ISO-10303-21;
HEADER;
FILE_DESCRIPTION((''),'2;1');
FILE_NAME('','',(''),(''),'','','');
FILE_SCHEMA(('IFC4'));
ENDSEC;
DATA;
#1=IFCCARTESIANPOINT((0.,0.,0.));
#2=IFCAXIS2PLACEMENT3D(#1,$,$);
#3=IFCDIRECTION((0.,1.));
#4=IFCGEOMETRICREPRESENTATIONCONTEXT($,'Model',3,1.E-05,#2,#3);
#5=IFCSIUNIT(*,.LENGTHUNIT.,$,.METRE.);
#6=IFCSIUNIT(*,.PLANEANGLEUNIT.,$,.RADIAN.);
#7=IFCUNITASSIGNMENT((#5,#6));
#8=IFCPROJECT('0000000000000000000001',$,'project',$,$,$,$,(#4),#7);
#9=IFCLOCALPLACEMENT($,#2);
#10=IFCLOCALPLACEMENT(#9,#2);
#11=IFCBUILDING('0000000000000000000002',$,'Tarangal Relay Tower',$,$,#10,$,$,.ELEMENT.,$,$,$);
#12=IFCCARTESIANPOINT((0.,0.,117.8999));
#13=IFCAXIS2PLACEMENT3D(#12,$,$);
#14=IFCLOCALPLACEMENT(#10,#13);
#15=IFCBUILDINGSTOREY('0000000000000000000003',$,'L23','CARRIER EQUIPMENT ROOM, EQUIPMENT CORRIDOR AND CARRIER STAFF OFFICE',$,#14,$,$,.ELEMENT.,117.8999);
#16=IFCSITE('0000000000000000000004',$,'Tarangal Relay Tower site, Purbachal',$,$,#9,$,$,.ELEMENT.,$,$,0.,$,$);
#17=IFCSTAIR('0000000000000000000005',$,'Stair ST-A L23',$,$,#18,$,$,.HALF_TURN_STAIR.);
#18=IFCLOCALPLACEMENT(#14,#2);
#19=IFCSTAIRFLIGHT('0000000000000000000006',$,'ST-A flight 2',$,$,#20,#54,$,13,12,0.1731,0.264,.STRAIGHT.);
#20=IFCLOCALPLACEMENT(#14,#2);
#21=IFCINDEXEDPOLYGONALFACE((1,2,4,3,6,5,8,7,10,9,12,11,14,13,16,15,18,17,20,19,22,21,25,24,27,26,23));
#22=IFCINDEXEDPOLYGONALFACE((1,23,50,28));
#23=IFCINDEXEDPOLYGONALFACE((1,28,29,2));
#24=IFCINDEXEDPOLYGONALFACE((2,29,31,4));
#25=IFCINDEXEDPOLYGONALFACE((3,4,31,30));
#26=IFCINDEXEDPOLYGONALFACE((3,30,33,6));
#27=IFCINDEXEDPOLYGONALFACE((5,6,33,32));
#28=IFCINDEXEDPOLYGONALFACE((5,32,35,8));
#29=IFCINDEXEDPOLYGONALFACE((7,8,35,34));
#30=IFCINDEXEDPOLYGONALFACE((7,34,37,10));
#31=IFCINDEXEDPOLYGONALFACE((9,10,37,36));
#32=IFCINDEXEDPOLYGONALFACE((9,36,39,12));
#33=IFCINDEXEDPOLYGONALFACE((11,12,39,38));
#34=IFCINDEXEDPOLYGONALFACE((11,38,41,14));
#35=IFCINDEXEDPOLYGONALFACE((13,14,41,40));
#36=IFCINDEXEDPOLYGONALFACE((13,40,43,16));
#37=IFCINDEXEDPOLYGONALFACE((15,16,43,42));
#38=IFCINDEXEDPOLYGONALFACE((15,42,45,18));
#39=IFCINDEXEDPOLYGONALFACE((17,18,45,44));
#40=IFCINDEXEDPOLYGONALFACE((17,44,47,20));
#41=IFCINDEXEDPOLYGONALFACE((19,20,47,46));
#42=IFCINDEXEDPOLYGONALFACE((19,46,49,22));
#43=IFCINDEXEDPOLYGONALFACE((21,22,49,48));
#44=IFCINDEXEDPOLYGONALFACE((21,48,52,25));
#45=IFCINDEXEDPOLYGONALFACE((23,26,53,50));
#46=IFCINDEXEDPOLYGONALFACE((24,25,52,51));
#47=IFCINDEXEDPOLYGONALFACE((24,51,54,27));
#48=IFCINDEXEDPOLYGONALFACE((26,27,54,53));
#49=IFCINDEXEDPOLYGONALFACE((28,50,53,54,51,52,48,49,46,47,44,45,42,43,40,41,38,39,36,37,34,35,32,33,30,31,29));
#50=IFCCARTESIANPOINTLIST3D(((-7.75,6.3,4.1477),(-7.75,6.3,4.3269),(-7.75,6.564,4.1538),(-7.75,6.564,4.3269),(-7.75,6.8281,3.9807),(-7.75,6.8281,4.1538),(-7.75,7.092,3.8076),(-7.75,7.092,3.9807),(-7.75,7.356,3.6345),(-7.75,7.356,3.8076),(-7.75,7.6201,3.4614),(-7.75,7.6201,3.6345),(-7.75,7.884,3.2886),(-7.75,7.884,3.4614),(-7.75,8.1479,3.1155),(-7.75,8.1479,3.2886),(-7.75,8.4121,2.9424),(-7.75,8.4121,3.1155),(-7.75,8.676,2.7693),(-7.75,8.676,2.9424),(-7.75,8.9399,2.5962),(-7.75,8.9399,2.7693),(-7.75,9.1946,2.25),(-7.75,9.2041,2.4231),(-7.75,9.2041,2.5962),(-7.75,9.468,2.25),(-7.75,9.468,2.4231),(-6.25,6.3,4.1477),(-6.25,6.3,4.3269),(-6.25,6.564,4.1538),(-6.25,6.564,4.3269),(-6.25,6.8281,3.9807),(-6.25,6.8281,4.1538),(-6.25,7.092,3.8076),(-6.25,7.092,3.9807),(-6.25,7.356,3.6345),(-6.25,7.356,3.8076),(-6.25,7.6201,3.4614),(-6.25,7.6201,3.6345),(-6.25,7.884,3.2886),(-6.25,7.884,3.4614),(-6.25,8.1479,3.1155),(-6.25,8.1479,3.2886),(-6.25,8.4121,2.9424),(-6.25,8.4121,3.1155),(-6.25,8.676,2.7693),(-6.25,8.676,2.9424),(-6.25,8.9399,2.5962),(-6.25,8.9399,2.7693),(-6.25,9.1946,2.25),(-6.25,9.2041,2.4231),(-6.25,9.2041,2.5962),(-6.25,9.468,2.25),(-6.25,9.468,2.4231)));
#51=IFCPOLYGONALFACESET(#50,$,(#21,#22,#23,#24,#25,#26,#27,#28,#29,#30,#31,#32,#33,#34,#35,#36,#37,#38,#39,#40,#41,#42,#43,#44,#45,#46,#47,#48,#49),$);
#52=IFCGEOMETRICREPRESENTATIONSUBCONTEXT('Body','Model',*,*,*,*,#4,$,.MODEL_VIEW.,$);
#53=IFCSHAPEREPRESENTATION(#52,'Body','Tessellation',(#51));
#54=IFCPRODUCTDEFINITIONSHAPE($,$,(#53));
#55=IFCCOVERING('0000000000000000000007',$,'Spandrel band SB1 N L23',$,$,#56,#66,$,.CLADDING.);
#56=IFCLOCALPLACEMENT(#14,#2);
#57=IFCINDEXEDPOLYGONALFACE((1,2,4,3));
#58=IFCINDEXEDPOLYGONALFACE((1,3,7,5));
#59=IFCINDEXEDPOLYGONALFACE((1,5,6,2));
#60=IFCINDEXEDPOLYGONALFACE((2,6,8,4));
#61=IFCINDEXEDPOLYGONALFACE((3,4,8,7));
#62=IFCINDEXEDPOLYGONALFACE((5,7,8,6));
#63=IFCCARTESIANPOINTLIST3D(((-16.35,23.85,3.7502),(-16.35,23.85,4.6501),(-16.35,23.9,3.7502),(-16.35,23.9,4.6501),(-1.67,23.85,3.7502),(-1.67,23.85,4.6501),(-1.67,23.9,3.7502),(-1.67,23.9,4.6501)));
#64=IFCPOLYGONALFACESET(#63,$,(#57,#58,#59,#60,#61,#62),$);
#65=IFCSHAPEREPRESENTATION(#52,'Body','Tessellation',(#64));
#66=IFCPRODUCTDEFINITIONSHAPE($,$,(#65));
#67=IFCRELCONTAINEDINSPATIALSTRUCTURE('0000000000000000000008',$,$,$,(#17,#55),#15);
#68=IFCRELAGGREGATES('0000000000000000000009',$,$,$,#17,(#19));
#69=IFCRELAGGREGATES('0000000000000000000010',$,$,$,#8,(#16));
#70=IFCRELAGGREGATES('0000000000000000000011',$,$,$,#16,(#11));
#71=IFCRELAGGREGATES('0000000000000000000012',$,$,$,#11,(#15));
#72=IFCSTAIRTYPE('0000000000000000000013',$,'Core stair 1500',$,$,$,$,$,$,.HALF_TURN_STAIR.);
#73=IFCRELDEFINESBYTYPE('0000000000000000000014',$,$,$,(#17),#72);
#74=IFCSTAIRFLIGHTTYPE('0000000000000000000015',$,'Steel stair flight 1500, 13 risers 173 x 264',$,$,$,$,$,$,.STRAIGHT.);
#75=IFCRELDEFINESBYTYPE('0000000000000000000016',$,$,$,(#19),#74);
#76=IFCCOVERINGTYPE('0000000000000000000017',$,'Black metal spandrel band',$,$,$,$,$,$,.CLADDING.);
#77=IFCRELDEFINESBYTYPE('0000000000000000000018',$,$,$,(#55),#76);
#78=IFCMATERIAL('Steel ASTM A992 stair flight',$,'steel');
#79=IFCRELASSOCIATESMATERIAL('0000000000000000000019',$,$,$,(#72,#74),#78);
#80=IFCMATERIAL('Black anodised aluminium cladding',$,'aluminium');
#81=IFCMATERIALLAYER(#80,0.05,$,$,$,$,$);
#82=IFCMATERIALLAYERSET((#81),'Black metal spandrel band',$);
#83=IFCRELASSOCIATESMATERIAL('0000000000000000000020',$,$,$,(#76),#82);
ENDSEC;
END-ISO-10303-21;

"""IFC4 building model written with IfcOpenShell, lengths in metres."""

from ifc_helpers import new_model, si_unit, direction, frame, origin, origin_2d, place, context, subcontext, project, spatial, polyline, rectangle, outline, extrude, material, layer, layer_set, type_object, element, aggregate, save


model = new_model("IFC4")

# Units and contexts
model_context = context("Model", 3, precision=1e-05, world=origin(), true_north=direction((0.0, 1.0)))
body_context = subcontext(model_context, "Body", "Model", "MODEL_VIEW")
ifc_project = project(units=[si_unit("LENGTHUNIT", "METRE"), si_unit("PLANEANGLEUNIT", "RADIAN")], contexts=[model_context])

# Site, building, storey
site_placement = place(None, origin())
site = spatial("IfcSite", under=ifc_project, at=site_placement, Name="Tarangal Relay Tower site, Purbachal", CompositionType="ELEMENT", RefElevation=0.0)
building_placement = place(site_placement, origin())
building = spatial("IfcBuilding", under=site, at=building_placement, Name="Tarangal Relay Tower", CompositionType="ELEMENT")
storey_placement = place(building_placement, frame((0.0, 0.0, 117.8999)))
storey = spatial("IfcBuildingStorey", under=building, at=storey_placement, Name="L23", Description="CARRIER EQUIPMENT ROOM, EQUIPMENT CORRIDOR AND CARRIER STAFF OFFICE", CompositionType="ELEMENT", Elevation=117.8999)

# Stair, stair flight
ifc_material_1 = material(Name="Steel ASTM A992 stair flight", Category="steel")
stair_type = type_object("IfcStairType", Name="Core stair 1500", PredefinedType="HALF_TURN_STAIR", material=ifc_material_1)
stair_placement = place(storey_placement, origin())
stair = element("IfcStair", 1, at=stair_placement, inside=storey, type_object=stair_type, Name="Stair ST-A L23", PredefinedType="HALF_TURN_STAIR")
stair_flight_type = type_object("IfcStairFlightType", Name="Steel stair flight 1500, 13 risers 173 x 264", PredefinedType="STRAIGHT", material=ifc_material_1)
stair_flight_placement = place(storey_placement, frame((-7.0, 9.468, 2.25), z_axis=(0.0, 0.0, 1.0), x_axis=(0.0, -1.0, 0.0)))
stair_flight = element("IfcStairFlight", 2, at=stair_flight_placement, type_object=stair_flight_type, Name="ST-A flight 2", NumberOfRisers=13, NumberOfTreads=12, PredefinedType="STRAIGHT", RiserHeight=0.1731, TreadLength=0.264, context=body_context, shape_type="SweptSolid", body=[
    extrude(outline(polyline([(0.0, 0.0), (0.0, 0.1731), (0.2639, 0.1731), (0.2639, 0.3462), (0.5281, 0.3462), (0.5281, 0.5193), (0.792, 0.5193), (0.792, 0.6924), (1.0559, 0.6924), (1.0559, 0.8655), (1.3201, 0.8655), (1.3201, 1.0386), (1.584, 1.0386), (1.584, 1.2114), (1.8479, 1.2114), (1.8479, 1.3845), (2.1121, 1.3845), (2.1121, 1.5576), (2.376, 1.5576), (2.376, 1.7307), (2.6399, 1.7307), (2.6399, 1.9038), (2.9041, 1.9038), (2.9041, 2.0769), (3.168, 2.0769), (3.168, 2.25), (3.168, 1.8977), (0.2734, 0.0), (0.0, 0.0)])), frame((0.0, 0.75, 0.0), z_axis=(0.0, -1.0, 0.0), x_axis=(1.0, 0.0, 0.0)), (0.0, 0.0, 1.0), 1.5),
])
aggregate(stair, [stair_flight])

# Covering
ifc_material_2 = material(Name="Black anodised aluminium cladding", Category="aluminium")
ifc_layer_1 = layer(ifc_material_2, 0.05)
ifc_layer_set_1 = layer_set([ifc_layer_1], Name="Black metal spandrel band")
covering_type = type_object("IfcCoveringType", Name="Black metal spandrel band", PredefinedType="CLADDING", material=ifc_layer_set_1)
covering_placement = place(storey_placement, frame((-9.01, 23.875, 3.7502), z_axis=(0.0, 0.0, 1.0), x_axis=(1.0, 0.0, 0.0)))
element("IfcCovering", 3, at=covering_placement, inside=storey, type_object=covering_type, Name="Spandrel band SB1 N L23", PredefinedType="CLADDING", context=body_context, shape_type="SweptSolid", body=[
    extrude(rectangle(XDim=14.6799, YDim=0.05, at=origin_2d()), origin(), (0.0, 0.0, 1.0), 0.8999),
])

save(model, "model.ifc")
